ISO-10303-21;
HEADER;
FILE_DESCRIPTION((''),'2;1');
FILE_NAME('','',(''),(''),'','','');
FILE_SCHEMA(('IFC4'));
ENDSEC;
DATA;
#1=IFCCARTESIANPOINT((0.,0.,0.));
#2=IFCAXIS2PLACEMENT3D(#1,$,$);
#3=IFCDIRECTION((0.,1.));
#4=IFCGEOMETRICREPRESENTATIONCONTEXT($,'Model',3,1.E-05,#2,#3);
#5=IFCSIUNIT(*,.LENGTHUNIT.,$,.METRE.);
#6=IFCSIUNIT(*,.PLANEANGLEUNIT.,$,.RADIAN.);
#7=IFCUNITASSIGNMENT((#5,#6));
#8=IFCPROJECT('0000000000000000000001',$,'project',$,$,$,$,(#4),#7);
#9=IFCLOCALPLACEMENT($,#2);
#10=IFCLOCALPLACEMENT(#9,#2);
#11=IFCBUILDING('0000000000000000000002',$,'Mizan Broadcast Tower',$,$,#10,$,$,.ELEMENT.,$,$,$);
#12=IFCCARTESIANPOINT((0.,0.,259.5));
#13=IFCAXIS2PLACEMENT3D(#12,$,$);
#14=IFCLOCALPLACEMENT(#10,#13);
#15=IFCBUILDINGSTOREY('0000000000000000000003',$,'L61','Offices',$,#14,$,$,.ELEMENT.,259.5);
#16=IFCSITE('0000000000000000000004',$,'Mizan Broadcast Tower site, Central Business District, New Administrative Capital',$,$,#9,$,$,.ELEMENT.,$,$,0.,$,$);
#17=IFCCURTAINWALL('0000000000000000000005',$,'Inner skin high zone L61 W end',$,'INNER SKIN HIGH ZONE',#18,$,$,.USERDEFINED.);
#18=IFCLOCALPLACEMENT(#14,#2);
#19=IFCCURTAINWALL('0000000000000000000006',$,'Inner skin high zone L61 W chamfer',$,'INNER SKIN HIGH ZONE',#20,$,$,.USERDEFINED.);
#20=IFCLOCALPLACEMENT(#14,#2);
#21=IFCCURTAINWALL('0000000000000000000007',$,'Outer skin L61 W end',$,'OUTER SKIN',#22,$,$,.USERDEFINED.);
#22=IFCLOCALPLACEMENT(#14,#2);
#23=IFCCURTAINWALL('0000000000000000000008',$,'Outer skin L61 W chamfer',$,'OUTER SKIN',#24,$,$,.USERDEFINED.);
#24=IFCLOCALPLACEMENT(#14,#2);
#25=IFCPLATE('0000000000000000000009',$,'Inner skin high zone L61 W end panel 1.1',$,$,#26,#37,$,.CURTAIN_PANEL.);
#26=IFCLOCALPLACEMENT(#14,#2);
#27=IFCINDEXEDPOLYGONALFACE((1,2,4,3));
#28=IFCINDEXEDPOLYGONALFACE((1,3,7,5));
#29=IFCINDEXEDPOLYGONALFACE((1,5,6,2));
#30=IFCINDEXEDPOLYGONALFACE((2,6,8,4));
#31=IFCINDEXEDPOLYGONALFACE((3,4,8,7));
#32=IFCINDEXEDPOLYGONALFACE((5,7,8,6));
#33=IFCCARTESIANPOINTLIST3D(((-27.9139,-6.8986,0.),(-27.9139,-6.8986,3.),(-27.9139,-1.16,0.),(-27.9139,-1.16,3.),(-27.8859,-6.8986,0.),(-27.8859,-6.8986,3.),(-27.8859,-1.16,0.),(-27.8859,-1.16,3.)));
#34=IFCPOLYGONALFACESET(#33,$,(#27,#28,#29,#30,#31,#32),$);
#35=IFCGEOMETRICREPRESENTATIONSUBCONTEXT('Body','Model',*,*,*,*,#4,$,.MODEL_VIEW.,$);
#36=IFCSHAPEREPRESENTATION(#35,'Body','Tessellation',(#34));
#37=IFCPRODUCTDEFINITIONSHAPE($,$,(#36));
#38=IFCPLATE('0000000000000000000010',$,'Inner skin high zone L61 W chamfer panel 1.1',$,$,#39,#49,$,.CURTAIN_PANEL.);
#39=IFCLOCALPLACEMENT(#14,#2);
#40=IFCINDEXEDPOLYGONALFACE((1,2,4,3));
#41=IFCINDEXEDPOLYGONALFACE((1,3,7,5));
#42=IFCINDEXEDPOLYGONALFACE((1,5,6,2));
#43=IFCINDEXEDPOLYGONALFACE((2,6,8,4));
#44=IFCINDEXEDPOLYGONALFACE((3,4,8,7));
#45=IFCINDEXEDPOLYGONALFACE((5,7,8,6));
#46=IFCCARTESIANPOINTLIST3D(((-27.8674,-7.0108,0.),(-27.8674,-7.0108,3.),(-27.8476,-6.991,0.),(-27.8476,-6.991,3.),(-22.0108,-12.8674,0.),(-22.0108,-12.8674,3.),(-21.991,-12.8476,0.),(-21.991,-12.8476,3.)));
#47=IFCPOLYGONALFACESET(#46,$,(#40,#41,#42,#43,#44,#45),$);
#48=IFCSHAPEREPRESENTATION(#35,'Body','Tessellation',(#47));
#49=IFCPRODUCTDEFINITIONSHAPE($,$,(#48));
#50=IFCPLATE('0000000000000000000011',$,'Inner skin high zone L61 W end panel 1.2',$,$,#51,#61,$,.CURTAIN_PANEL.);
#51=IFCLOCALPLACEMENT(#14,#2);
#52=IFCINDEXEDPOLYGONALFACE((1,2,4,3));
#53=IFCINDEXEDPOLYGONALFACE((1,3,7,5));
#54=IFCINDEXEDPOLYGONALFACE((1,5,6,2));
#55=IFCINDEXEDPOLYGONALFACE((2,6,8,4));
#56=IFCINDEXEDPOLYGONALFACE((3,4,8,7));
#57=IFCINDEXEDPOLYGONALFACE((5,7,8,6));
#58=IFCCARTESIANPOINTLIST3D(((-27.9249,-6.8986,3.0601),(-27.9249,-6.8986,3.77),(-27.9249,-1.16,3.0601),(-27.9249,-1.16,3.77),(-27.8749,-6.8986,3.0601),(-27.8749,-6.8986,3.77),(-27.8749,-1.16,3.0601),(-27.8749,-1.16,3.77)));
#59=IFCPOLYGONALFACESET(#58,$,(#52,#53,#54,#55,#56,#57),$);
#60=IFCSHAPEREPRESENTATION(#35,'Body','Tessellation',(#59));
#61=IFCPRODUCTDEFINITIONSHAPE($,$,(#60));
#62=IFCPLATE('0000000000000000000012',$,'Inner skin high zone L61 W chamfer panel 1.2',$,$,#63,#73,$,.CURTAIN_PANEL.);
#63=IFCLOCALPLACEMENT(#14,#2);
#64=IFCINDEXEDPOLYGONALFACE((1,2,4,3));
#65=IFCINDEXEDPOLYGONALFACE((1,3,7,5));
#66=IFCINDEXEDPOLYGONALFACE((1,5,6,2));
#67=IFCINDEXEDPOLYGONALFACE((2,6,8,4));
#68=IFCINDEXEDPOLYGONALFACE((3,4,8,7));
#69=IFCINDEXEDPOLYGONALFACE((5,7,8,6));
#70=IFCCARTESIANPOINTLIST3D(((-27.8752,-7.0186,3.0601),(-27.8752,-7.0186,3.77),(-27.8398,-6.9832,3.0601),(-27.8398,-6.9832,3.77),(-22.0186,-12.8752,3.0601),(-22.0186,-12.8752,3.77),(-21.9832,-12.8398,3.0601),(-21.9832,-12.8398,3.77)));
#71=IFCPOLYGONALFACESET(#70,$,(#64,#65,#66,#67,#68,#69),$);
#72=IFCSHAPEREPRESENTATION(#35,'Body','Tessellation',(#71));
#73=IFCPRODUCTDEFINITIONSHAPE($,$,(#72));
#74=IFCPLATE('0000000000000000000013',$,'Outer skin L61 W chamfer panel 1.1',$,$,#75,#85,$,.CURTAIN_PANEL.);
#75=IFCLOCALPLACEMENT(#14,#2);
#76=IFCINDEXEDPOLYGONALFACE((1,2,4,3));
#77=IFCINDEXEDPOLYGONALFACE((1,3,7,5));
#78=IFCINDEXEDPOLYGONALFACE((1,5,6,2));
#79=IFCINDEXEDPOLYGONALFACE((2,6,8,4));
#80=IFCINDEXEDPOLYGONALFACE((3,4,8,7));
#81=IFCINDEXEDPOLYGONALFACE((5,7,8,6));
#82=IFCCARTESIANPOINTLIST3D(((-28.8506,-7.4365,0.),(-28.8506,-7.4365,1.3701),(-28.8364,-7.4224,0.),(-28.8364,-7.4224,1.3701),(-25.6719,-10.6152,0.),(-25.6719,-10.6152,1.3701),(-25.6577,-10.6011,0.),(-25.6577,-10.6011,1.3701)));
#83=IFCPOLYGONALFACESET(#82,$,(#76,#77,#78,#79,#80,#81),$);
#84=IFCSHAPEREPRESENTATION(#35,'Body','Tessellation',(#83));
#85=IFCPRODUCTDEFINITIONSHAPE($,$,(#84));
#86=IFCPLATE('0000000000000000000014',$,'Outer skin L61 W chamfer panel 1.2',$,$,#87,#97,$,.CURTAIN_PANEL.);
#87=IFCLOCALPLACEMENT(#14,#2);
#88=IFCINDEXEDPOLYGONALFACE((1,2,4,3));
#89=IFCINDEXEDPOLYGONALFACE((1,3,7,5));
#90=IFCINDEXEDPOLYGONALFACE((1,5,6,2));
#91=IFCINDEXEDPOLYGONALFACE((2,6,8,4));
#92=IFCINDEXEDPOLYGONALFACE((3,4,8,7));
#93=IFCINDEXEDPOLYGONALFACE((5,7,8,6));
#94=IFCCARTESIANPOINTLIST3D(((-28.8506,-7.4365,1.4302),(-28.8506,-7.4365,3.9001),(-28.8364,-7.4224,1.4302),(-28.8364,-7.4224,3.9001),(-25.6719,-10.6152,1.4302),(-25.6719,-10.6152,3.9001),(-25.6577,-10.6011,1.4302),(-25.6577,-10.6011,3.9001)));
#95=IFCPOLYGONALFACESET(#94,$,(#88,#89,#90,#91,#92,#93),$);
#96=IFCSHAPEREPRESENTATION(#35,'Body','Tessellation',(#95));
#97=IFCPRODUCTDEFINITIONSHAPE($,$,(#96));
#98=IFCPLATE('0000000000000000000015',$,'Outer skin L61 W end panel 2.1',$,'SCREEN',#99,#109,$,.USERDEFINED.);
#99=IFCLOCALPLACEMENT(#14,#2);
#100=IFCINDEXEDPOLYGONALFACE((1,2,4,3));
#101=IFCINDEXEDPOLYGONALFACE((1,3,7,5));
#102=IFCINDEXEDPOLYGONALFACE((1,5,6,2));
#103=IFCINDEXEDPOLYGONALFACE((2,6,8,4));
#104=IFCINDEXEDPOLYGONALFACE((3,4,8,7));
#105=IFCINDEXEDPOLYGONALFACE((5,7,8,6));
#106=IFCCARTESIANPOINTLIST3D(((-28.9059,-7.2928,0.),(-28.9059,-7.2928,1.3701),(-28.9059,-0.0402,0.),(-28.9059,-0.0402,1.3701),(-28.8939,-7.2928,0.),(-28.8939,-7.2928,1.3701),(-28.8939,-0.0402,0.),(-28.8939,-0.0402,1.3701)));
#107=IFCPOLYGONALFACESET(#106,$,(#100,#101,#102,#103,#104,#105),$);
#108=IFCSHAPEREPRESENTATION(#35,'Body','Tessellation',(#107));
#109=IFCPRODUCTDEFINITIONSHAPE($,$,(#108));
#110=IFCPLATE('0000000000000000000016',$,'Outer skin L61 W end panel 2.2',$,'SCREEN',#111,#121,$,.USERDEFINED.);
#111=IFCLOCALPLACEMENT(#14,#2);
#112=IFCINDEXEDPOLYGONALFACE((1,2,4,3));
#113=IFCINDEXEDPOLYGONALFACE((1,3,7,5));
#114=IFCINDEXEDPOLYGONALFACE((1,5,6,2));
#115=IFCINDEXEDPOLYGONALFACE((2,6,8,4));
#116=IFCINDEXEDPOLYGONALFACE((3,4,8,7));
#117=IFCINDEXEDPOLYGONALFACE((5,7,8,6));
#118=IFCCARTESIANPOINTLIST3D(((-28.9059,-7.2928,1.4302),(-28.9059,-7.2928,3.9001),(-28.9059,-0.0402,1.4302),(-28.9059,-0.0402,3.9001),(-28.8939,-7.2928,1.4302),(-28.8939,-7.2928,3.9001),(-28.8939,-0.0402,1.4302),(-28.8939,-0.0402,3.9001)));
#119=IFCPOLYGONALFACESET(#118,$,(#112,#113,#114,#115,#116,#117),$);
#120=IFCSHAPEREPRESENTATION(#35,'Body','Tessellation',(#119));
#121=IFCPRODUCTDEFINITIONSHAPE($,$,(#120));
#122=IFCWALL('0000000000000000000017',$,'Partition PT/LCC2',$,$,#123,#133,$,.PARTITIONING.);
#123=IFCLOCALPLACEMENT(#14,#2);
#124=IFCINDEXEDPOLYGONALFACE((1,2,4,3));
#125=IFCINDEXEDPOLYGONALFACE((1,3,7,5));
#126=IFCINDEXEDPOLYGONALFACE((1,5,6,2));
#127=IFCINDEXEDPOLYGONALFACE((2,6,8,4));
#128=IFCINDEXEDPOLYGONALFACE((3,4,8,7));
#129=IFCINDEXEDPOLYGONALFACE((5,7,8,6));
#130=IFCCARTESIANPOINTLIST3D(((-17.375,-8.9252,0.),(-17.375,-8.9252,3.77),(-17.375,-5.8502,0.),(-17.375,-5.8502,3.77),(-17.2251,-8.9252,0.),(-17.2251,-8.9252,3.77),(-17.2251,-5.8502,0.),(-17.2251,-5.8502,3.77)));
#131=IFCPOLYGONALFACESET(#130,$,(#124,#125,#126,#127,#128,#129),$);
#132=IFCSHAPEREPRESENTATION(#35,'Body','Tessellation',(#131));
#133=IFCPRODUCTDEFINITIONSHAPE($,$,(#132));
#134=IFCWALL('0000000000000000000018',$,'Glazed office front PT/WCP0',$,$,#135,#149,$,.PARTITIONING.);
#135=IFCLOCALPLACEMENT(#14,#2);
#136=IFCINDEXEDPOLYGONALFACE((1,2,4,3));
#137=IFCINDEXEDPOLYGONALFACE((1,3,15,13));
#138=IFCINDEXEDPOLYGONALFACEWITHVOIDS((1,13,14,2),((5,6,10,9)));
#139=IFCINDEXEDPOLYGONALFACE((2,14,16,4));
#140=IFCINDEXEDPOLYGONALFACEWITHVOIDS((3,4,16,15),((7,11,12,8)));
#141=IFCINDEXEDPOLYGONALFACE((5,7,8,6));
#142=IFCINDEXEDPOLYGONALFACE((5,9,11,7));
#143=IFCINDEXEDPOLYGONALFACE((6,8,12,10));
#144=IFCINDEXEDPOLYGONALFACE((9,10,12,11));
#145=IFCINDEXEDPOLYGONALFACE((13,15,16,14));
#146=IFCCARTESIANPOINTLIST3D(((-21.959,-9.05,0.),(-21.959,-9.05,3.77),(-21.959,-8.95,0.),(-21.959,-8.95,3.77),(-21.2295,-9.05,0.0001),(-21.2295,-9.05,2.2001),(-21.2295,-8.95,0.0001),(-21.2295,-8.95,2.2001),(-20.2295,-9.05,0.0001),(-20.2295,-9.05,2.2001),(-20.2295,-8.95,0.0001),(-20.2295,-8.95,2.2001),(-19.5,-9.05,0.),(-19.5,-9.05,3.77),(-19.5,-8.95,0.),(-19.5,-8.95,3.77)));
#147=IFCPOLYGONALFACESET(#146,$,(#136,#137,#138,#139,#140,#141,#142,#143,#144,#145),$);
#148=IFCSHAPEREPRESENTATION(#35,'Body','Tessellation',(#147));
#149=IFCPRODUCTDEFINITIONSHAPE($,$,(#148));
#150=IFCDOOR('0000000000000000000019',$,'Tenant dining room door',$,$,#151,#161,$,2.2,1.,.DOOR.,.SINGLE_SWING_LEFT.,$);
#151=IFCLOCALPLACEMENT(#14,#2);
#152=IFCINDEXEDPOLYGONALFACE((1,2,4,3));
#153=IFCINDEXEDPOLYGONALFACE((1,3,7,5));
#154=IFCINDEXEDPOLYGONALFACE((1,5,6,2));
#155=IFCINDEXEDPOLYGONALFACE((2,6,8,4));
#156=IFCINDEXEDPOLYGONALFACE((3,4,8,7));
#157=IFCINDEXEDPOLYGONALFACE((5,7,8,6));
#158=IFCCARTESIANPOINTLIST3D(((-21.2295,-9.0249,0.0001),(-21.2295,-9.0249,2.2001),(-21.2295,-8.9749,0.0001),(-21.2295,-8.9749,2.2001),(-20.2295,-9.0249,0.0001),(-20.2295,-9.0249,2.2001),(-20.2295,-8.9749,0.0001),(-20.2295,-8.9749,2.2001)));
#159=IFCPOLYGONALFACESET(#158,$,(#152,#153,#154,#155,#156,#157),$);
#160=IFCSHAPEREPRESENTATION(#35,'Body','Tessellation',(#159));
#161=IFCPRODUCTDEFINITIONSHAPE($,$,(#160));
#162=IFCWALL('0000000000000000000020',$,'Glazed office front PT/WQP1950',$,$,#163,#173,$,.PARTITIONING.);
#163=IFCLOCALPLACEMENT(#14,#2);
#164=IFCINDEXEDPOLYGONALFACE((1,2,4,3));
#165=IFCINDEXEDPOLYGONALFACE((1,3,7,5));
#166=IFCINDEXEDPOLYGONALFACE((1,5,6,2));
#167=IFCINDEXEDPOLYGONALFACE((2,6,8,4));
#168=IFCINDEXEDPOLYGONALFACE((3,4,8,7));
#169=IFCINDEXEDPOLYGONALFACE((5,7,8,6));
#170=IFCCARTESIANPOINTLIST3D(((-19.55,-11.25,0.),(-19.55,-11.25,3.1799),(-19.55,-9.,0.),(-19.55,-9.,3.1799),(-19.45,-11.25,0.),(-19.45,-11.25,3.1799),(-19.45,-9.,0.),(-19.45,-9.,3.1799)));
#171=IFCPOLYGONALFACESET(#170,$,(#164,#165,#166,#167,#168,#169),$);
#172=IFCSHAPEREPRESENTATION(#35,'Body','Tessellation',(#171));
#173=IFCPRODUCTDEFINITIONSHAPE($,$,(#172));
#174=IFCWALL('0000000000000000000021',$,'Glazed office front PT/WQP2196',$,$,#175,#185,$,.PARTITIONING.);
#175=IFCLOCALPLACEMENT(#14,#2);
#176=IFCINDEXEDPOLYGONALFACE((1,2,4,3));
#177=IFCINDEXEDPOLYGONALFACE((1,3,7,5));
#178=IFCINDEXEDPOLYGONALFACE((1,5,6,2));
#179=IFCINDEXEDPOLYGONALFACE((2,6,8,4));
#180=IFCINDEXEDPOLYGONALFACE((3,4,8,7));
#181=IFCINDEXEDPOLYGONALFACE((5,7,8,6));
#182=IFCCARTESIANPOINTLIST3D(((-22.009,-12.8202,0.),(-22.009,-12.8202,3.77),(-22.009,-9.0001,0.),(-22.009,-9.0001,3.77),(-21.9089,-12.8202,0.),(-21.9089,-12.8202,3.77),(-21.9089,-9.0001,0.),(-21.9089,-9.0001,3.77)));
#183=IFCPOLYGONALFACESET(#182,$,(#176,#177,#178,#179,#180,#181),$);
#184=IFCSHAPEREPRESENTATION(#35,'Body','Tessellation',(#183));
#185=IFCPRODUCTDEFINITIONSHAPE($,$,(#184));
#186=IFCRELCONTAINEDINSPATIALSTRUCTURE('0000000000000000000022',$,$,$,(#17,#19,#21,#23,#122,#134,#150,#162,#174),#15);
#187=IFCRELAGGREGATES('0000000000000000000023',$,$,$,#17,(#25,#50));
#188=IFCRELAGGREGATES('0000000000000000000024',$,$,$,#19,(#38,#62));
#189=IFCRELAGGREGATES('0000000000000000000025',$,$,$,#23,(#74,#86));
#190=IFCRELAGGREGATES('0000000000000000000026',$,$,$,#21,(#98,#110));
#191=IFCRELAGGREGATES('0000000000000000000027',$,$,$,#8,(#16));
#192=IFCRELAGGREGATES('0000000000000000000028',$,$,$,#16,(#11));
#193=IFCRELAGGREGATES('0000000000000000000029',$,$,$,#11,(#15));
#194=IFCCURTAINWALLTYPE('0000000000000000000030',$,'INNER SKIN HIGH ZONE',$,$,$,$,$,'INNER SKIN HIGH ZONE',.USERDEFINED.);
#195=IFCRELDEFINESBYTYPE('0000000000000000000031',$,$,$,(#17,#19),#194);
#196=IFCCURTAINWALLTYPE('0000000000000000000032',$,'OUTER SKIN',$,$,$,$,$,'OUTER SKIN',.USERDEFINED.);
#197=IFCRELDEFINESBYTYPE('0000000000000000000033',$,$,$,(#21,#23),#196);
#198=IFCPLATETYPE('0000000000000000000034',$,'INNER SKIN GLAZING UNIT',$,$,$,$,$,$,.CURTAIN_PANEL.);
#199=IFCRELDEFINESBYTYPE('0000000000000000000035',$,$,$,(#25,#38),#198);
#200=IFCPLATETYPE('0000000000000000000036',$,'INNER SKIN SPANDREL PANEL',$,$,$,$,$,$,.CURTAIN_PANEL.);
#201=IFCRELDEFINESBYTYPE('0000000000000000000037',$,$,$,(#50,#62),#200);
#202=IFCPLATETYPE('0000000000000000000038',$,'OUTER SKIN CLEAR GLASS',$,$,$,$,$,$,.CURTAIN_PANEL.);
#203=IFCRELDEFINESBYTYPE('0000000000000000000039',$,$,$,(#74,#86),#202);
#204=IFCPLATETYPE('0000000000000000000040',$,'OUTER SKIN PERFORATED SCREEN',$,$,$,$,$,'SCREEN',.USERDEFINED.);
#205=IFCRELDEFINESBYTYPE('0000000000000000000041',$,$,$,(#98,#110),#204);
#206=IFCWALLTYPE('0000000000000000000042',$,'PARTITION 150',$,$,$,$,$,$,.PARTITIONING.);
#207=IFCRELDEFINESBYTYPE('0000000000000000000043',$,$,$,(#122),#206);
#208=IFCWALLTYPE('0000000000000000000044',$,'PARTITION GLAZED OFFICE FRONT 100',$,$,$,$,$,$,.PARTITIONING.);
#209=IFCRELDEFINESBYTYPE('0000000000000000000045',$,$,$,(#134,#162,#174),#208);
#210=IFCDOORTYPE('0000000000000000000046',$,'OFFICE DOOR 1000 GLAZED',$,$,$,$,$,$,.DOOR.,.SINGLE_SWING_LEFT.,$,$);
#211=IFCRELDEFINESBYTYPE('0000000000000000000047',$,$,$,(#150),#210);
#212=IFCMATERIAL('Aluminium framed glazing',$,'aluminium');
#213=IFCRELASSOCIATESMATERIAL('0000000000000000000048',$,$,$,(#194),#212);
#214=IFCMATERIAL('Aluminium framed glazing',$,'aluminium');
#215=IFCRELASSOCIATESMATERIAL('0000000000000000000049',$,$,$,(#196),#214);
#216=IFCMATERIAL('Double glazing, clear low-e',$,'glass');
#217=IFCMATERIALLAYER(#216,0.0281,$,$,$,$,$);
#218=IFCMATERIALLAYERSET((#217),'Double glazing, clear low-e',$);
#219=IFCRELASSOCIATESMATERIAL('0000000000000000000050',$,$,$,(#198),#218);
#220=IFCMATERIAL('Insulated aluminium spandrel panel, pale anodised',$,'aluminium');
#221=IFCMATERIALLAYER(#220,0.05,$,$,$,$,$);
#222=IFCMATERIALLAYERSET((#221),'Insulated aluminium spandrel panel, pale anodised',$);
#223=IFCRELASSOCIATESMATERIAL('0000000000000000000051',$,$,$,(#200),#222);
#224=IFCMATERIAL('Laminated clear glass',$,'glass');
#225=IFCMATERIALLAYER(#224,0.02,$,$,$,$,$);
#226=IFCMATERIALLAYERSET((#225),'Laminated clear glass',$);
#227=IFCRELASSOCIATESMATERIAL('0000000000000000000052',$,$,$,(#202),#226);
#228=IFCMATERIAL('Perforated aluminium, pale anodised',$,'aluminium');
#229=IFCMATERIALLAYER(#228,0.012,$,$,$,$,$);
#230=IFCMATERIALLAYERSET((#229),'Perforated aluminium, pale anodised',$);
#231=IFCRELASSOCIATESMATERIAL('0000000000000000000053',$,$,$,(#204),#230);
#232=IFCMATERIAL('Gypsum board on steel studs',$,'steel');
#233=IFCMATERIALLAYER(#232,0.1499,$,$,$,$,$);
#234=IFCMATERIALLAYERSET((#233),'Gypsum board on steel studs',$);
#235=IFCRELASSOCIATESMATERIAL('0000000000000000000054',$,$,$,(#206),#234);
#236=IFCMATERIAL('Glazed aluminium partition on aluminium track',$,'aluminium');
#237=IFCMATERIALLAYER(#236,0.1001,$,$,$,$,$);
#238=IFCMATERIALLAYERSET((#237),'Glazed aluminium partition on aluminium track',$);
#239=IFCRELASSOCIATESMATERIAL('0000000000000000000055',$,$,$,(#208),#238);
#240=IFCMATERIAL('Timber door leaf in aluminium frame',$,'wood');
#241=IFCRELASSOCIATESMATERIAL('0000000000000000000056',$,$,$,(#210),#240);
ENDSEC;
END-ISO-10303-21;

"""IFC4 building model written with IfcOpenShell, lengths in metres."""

from ifc_helpers import new_model, si_unit, direction, frame, frame_2d, origin, origin_2d, place, context, subcontext, project, spatial, rectangle, extrude, material, layer, layer_set, type_object, element, fill, aggregate, save


model = new_model("IFC4")

# Units and contexts
model_context = context("Model", 3, precision=1e-05, world=origin(), true_north=direction((0.0, 1.0)))
body_context = subcontext(model_context, "Body", "Model", "MODEL_VIEW")
ifc_project = project(units=[si_unit("LENGTHUNIT", "METRE"), si_unit("PLANEANGLEUNIT", "RADIAN")], contexts=[model_context])

# Site, building, storey
site_placement = place(None, origin())
site = spatial("IfcSite", under=ifc_project, at=site_placement, Name="Mizan Broadcast Tower site, Central Business District, New Administrative Capital", CompositionType="ELEMENT", RefElevation=0.0)
building_placement = place(site_placement, origin())
building = spatial("IfcBuilding", under=site, at=building_placement, Name="Mizan Broadcast Tower", CompositionType="ELEMENT")
storey_placement = place(building_placement, frame((0.0, 0.0, 259.5)))
storey = spatial("IfcBuildingStorey", under=building, at=storey_placement, Name="L61", Description="Offices", CompositionType="ELEMENT", Elevation=259.5)

# Curtain wall
ifc_material_1 = material(Name="Aluminium framed glazing", Category="aluminium")
curtain_wall_type_1 = type_object("IfcCurtainWallType", Name="INNER SKIN HIGH ZONE", ElementType="INNER SKIN HIGH ZONE", PredefinedType="USERDEFINED", material=ifc_material_1)
curtain_wall_1_placement = place(storey_placement, origin())
curtain_wall_1 = element("IfcCurtainWall", 1, at=curtain_wall_1_placement, inside=storey, type_object=curtain_wall_type_1, Name="Inner skin high zone L61 W end", ObjectType="INNER SKIN HIGH ZONE", PredefinedType="USERDEFINED")

# Curtain walls
curtain_wall_2_placement = place(storey_placement, origin())
curtain_wall_2 = element("IfcCurtainWall", 2, at=curtain_wall_2_placement, inside=storey, type_object=curtain_wall_type_1, Name="Inner skin high zone L61 W chamfer", ObjectType="INNER SKIN HIGH ZONE", PredefinedType="USERDEFINED")
ifc_material_2 = material(Name="Aluminium framed glazing", Category="aluminium")
curtain_wall_type_2 = type_object("IfcCurtainWallType", Name="OUTER SKIN", ElementType="OUTER SKIN", PredefinedType="USERDEFINED", material=ifc_material_2)
curtain_wall_3_placement = place(storey_placement, origin())
curtain_wall_3 = element("IfcCurtainWall", 3, at=curtain_wall_3_placement, inside=storey, type_object=curtain_wall_type_2, Name="Outer skin L61 W end", ObjectType="OUTER SKIN", PredefinedType="USERDEFINED")

# Curtain wall
curtain_wall_4_placement = place(storey_placement, origin())
curtain_wall_4 = element("IfcCurtainWall", 4, at=curtain_wall_4_placement, inside=storey, type_object=curtain_wall_type_2, Name="Outer skin L61 W chamfer", ObjectType="OUTER SKIN", PredefinedType="USERDEFINED")

# Plates
ifc_material_3 = material(Name="Double glazing, clear low-e", Category="glass")
ifc_layer_1 = layer(ifc_material_3, 0.0281)
ifc_layer_set_1 = layer_set([ifc_layer_1], Name="Double glazing, clear low-e")
plate_type_1 = type_object("IfcPlateType", Name="INNER SKIN GLAZING UNIT", PredefinedType="CURTAIN_PANEL", material=ifc_layer_set_1)
plate_1_placement = place(storey_placement, frame((-27.8999, -4.0293, 0.0), z_axis=(0.0, 0.0, 1.0), x_axis=(0.0, -1.0, 0.0)))
plate_1 = element("IfcPlate", 5, at=plate_1_placement, type_object=plate_type_1, Name="Inner skin high zone L61 W end panel 1.1", PredefinedType="CURTAIN_PANEL", context=body_context, shape_type="SweptSolid", body=[
    extrude(rectangle(XDim=5.7385, YDim=0.0281, at=origin_2d()), origin(), (0.0, 0.0, 1.0), 3.0),
])
plate_2_placement = place(storey_placement, frame((-24.9292, -9.9292, 0.0), z_axis=(0.0, 0.0, 1.0), x_axis=(0.707107, -0.707107, 0.0)))
plate_2 = element("IfcPlate", 6, at=plate_2_placement, type_object=plate_type_1, Name="Inner skin high zone L61 W chamfer panel 1.1", PredefinedType="CURTAIN_PANEL", context=body_context, shape_type="SweptSolid", body=[
    extrude(rectangle(XDim=8.2825, YDim=0.0281, at=origin_2d()), origin(), (0.0, 0.0, 1.0), 3.0),
])
ifc_material_4 = material(Name="Insulated aluminium spandrel panel, pale anodised", Category="aluminium")
ifc_layer_2 = layer(ifc_material_4, 0.05)
ifc_layer_set_2 = layer_set([ifc_layer_2], Name="Insulated aluminium spandrel panel, pale anodised")
plate_type_2 = type_object("IfcPlateType", Name="INNER SKIN SPANDREL PANEL", PredefinedType="CURTAIN_PANEL", material=ifc_layer_set_2)
plate_3_placement = place(storey_placement, frame((-27.8999, -4.0293, 3.0601), z_axis=(0.0, 0.0, 1.0), x_axis=(0.0, -1.0, 0.0)))
plate_3 = element("IfcPlate", 7, at=plate_3_placement, type_object=plate_type_2, Name="Inner skin high zone L61 W end panel 1.2", PredefinedType="CURTAIN_PANEL", context=body_context, shape_type="SweptSolid", body=[
    extrude(rectangle(XDim=5.7385, YDim=0.05, at=origin_2d()), origin(), (0.0, 0.0, 1.0), 0.71),
])
aggregate(curtain_wall_1, [plate_1, plate_3])
plate_4_placement = place(storey_placement, frame((-24.9292, -9.9292, 3.0601), z_axis=(0.0, 0.0, 1.0), x_axis=(0.707107, -0.707107, 0.0)))
plate_4 = element("IfcPlate", 8, at=plate_4_placement, type_object=plate_type_2, Name="Inner skin high zone L61 W chamfer panel 1.2", PredefinedType="CURTAIN_PANEL", context=body_context, shape_type="SweptSolid", body=[
    extrude(rectangle(XDim=8.2825, YDim=0.05, at=origin_2d()), origin(), (0.0, 0.0, 1.0), 0.71),
])
aggregate(curtain_wall_2, [plate_2, plate_4])
ifc_material_5 = material(Name="Laminated clear glass", Category="glass")
ifc_layer_3 = layer(ifc_material_5, 0.02)
ifc_layer_set_3 = layer_set([ifc_layer_3], Name="Laminated clear glass")
plate_type_3 = type_object("IfcPlateType", Name="OUTER SKIN CLEAR GLASS", PredefinedType="CURTAIN_PANEL", material=ifc_layer_set_3)
plate_5_placement = place(storey_placement, frame((-27.2542, -9.0188, 0.0), z_axis=(0.0, 0.0, 1.0), x_axis=(0.707107, -0.707107, 0.0)))
plate_5 = element("IfcPlate", 9, at=plate_5_placement, type_object=plate_type_3, Name="Outer skin L61 W chamfer panel 1.1", PredefinedType="CURTAIN_PANEL", context=body_context, shape_type="SweptSolid", body=[
    extrude(rectangle(XDim=4.4954, YDim=0.02, at=origin_2d()), origin(), (0.0, 0.0, 1.0), 1.3701),
])
plate_6_placement = place(storey_placement, frame((-27.2542, -9.0188, 1.4302), z_axis=(0.0, 0.0, 1.0), x_axis=(0.707107, -0.707107, 0.0)))
plate_6 = element("IfcPlate", 10, at=plate_6_placement, type_object=plate_type_3, Name="Outer skin L61 W chamfer panel 1.2", PredefinedType="CURTAIN_PANEL", context=body_context, shape_type="SweptSolid", body=[
    extrude(rectangle(XDim=4.4954, YDim=0.02, at=origin_2d()), origin(), (0.0, 0.0, 1.0), 2.47),
])
aggregate(curtain_wall_4, [plate_5, plate_6])
ifc_material_6 = material(Name="Perforated aluminium, pale anodised", Category="aluminium")
ifc_layer_4 = layer(ifc_material_6, 0.012)
ifc_layer_set_4 = layer_set([ifc_layer_4], Name="Perforated aluminium, pale anodised")
plate_type_4 = type_object("IfcPlateType", Name="OUTER SKIN PERFORATED SCREEN", ElementType="SCREEN", PredefinedType="USERDEFINED", material=ifc_layer_set_4)
plate_7_placement = place(storey_placement, frame((-28.8999, -3.6665, 0.0), z_axis=(0.0, 0.0, 1.0), x_axis=(0.0, -1.0, 0.0)))
plate_7 = element("IfcPlate", 11, at=plate_7_placement, type_object=plate_type_4, Name="Outer skin L61 W end panel 2.1", ObjectType="SCREEN", PredefinedType="USERDEFINED", context=body_context, shape_type="SweptSolid", body=[
    extrude(rectangle(XDim=7.2527, YDim=0.012, at=origin_2d()), origin(), (0.0, 0.0, 1.0), 1.3701),
])
plate_8_placement = place(storey_placement, frame((-28.8999, -3.6665, 1.4302), z_axis=(0.0, 0.0, 1.0), x_axis=(0.0, -1.0, 0.0)))
plate_8 = element("IfcPlate", 12, at=plate_8_placement, type_object=plate_type_4, Name="Outer skin L61 W end panel 2.2", ObjectType="SCREEN", PredefinedType="USERDEFINED", context=body_context, shape_type="SweptSolid", body=[
    extrude(rectangle(XDim=7.2527, YDim=0.012, at=origin_2d()), origin(), (0.0, 0.0, 1.0), 2.47),
])
aggregate(curtain_wall_3, [plate_7, plate_8])

# Wall
ifc_material_7 = material(Name="Gypsum board on steel studs", Category="steel")
ifc_layer_5 = layer(ifc_material_7, 0.1499)
ifc_layer_set_5 = layer_set([ifc_layer_5], Name="Gypsum board on steel studs")
wall_type_1 = type_object("IfcWallType", Name="PARTITION 150", PredefinedType="PARTITIONING", material=ifc_layer_set_5)
wall_1_placement = place(storey_placement, frame((-17.3, -5.8501, 0.0), z_axis=(0.0, 0.0, 1.0), x_axis=(0.0, -1.0, 0.0)))
element("IfcWall", 13, at=wall_1_placement, inside=storey, type_object=wall_type_1, Name="Partition PT/LCC2", PredefinedType="PARTITIONING", context=body_context, shape_type="SweptSolid", body=[
    extrude(rectangle(XDim=3.075, YDim=0.1499, at=frame_2d((1.5376, 0.0))), origin(), (0.0, 0.0, 1.0), 3.77),
])

# Wall, opening, door
ifc_material_8 = material(Name="Glazed aluminium partition on aluminium track", Category="aluminium")
ifc_layer_6 = layer(ifc_material_8, 0.1001)
ifc_layer_set_6 = layer_set([ifc_layer_6], Name="Glazed aluminium partition on aluminium track")
wall_type_2 = type_object("IfcWallType", Name="PARTITION GLAZED OFFICE FRONT 100", PredefinedType="PARTITIONING", material=ifc_layer_set_6)
wall_2_placement = place(storey_placement, frame((-19.5, -9.0, 0.0), z_axis=(0.0, 0.0, 1.0), x_axis=(-1.0, 0.0, 0.0)))
wall_2 = element("IfcWall", 14, at=wall_2_placement, inside=storey, type_object=wall_type_2, Name="Glazed office front PT/WCP0", PredefinedType="PARTITIONING", context=body_context, shape_type="SweptSolid", body=[
    extrude(rectangle(XDim=2.459, YDim=0.1001, at=frame_2d((1.2295, 0.0))), origin(), (0.0, 0.0, 1.0), 3.77),
])
opening_placement = place(wall_2_placement, frame((0.7295, 0.0, 0.0)))
opening = element("IfcOpeningElement", 15, at=opening_placement, cuts=wall_2, PredefinedType="OPENING", context=body_context, shape_type="SweptSolid", body=[
    extrude(rectangle(XDim=1.0, YDim=2.2, at=frame_2d((0.5, 1.1001))), frame((0.0, 0.0601, 0.0), z_axis=(0.0, -1.0, 0.0), x_axis=(1.0, 0.0, 0.0)), (0.0, 0.0, 1.0), 0.1201),
])
ifc_material_9 = material(Name="Timber door leaf in aluminium frame", Category="wood")
door_type = type_object("IfcDoorType", Name="OFFICE DOOR 1000 GLAZED", OperationType="SINGLE_SWING_LEFT", PredefinedType="DOOR", material=ifc_material_9)
door_placement = place(opening_placement, origin())
door = element("IfcDoor", 16, at=door_placement, inside=storey, type_object=door_type, Name="Tenant dining room door", OperationType="SINGLE_SWING_LEFT", OverallHeight=2.2, OverallWidth=1.0, PredefinedType="DOOR", context=body_context, shape_type="SweptSolid", body=[
    extrude(rectangle(XDim=1.0, YDim=2.2, at=frame_2d((0.5, 1.1001))), frame((0.0, 0.0249, 0.0), z_axis=(0.0, -1.0, 0.0), x_axis=(1.0, 0.0, 0.0)), (0.0, 0.0, 1.0), 0.05),
])
fill(opening, door)

# Walls
wall_3_placement = place(storey_placement, frame((-19.5, -9.0, 0.0), z_axis=(0.0, 0.0, 1.0), x_axis=(0.0, -1.0, 0.0)))
element("IfcWall", 17, at=wall_3_placement, inside=storey, type_object=wall_type_2, Name="Glazed office front PT/WQP1950", PredefinedType="PARTITIONING", context=body_context, shape_type="SweptSolid", body=[
    extrude(rectangle(XDim=2.25, YDim=0.1001, at=frame_2d((1.125, 0.0))), origin(), (0.0, 0.0, 1.0), 3.1799),
])
wall_4_placement = place(storey_placement, frame((-21.959, -9.0, 0.0), z_axis=(0.0, 0.0, 1.0), x_axis=(0.0, -1.0, 0.0)))
element("IfcWall", 18, at=wall_4_placement, inside=storey, type_object=wall_type_2, Name="Glazed office front PT/WQP2196", PredefinedType="PARTITIONING", context=body_context, shape_type="SweptSolid", body=[
    extrude(rectangle(XDim=3.8201, YDim=0.1001, at=frame_2d((1.9102, 0.0))), origin(), (0.0, 0.0, 1.0), 3.77),
])

save(model, "model.ifc")
